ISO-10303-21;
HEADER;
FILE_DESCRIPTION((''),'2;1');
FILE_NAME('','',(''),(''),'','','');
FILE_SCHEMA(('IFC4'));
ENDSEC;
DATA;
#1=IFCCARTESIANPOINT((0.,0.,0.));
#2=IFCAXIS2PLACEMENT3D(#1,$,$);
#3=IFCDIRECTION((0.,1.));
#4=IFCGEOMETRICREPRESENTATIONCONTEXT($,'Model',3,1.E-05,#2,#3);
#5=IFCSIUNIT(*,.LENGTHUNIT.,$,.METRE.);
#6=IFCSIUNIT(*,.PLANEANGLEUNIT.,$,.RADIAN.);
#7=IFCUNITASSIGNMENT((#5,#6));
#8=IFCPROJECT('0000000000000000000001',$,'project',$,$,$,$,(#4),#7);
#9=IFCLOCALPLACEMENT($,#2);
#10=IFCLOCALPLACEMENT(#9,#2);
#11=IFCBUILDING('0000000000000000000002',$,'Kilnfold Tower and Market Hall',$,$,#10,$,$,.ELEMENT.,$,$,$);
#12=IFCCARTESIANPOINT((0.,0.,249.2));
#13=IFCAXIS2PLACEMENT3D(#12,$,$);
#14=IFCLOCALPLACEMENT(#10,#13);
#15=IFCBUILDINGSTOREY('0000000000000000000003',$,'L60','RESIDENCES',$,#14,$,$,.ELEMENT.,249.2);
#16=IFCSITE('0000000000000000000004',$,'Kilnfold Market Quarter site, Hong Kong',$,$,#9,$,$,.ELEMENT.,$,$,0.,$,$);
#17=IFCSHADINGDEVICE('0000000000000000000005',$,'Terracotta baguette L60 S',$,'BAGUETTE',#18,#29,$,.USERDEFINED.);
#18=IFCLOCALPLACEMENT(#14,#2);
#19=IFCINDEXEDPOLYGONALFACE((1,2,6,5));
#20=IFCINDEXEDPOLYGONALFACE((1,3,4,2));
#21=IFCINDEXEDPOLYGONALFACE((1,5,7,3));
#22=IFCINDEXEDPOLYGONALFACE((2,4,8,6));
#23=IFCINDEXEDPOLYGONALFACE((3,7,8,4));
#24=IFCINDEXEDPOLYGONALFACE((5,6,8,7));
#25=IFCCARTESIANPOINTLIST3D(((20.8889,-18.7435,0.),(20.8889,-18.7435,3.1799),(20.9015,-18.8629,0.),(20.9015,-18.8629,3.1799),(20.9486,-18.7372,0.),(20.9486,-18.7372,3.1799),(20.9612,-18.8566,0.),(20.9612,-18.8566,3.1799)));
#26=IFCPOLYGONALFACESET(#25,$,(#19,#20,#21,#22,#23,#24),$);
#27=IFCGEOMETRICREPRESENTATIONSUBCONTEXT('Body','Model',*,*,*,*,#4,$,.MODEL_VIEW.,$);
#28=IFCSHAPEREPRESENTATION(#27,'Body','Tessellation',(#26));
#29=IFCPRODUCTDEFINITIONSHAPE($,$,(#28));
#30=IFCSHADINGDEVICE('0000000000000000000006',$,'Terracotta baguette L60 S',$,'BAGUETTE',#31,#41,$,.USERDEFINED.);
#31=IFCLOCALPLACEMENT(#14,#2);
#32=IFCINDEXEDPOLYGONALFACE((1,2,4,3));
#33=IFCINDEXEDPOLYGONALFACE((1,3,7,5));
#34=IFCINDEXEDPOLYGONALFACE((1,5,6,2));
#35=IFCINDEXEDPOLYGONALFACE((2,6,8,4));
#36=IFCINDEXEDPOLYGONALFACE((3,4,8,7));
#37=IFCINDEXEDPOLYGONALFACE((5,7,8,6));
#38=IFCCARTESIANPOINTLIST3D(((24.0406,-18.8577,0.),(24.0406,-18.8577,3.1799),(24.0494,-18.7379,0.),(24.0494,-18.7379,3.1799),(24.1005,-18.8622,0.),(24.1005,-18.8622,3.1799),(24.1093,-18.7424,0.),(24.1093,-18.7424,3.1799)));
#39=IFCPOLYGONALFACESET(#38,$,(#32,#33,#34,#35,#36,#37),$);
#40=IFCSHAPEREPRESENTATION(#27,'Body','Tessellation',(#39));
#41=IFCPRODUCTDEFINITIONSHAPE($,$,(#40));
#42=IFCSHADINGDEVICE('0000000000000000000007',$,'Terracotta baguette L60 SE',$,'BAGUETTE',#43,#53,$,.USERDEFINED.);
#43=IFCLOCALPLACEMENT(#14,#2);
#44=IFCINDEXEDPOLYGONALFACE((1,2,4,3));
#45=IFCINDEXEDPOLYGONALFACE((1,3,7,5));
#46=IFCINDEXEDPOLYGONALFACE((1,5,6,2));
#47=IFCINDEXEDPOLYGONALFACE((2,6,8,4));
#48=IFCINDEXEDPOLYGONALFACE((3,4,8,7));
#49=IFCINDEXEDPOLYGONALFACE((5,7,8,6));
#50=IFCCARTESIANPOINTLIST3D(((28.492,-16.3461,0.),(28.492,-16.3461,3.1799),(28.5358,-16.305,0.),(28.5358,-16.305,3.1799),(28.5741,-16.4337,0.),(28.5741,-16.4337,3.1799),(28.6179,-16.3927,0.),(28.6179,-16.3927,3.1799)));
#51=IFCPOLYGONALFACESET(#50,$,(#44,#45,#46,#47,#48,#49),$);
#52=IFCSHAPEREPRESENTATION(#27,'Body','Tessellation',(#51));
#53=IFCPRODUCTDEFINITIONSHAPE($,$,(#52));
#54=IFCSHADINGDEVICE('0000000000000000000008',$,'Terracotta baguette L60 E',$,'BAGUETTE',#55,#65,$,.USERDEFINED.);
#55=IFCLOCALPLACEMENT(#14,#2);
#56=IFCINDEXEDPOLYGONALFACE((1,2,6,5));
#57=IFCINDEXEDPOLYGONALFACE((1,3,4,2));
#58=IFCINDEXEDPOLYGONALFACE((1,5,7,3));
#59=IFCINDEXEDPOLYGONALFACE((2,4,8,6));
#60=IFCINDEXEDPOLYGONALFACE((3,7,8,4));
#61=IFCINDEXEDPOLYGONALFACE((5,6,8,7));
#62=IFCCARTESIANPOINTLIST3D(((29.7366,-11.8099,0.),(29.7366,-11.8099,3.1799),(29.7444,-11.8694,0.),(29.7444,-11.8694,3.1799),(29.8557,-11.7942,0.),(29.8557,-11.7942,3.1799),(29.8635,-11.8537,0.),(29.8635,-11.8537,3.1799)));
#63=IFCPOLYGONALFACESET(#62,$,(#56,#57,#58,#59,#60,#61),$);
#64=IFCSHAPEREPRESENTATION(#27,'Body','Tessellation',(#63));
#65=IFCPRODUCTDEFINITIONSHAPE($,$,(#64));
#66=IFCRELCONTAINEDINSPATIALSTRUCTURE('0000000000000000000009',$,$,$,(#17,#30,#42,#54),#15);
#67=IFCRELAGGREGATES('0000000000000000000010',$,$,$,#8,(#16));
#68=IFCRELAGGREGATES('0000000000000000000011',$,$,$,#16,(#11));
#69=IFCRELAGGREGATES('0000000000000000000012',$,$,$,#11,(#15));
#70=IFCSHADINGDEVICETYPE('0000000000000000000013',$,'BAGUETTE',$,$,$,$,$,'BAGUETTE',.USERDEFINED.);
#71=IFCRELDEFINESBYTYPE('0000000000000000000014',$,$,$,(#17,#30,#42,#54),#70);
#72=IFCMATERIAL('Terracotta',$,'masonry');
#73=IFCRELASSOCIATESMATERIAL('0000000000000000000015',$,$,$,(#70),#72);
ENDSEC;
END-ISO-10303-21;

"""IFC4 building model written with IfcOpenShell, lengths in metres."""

from ifc_helpers import new_model, si_unit, direction, frame, origin, origin_2d, place, context, subcontext, project, spatial, rectangle, extrude, source, transform, mapped, material, material_profile, profile_set, type_object, element, save


model = new_model("IFC4")

# Units and contexts
model_context = context("Model", 3, precision=1e-05, world=origin(), true_north=direction((0.0, 1.0)))
body_context = subcontext(model_context, "Body", "Model", "MODEL_VIEW")
ifc_project = project(units=[si_unit("LENGTHUNIT", "METRE"), si_unit("PLANEANGLEUNIT", "RADIAN")], contexts=[model_context])

# Site, building, storey
site_placement = place(None, origin())
site = spatial("IfcSite", under=ifc_project, at=site_placement, Name="Kilnfold Market Quarter site, Hong Kong", CompositionType="ELEMENT", RefElevation=0.0)
building_placement = place(site_placement, origin())
building = spatial("IfcBuilding", under=site, at=building_placement, Name="Kilnfold Tower and Market Hall", CompositionType="ELEMENT")
storey_placement = place(building_placement, frame((0.0, 0.0, 249.2)))
storey = spatial("IfcBuildingStorey", under=building, at=storey_placement, Name="L60", Description="RESIDENCES", CompositionType="ELEMENT", Elevation=249.2)

# Shading devices
ifc_material_1 = material(Name="Terracotta", Category="masonry")
ifc_material_profile_1 = material_profile(ifc_material_1, rectangle(XDim=0.0601, YDim=0.1201, at=origin_2d()), Name="BAG 60x120")
ifc_profile_set_1 = profile_set([ifc_material_profile_1], Name="Terracotta")
shading_device_type = type_object("IfcShadingDeviceType", Name="BAGUETTE", ElementType="BAGUETTE", PredefinedType="USERDEFINED", material=ifc_profile_set_1)
shared_shape_1 = source(origin(), body_context, "Body", "SweptSolid", [
    extrude(rectangle(XDim=0.0601, YDim=0.1201, at=origin_2d()), origin(), (0.0, 0.0, 1.0), 3.1799),
])
for number, where, z_axis, x_axis, name in (
    (1, (20.925, -18.8, 0.0), (0.0, 0.0, 1.0), (0.994429, 0.105405, 0.0), "Terracotta baguette L60 S"),
    (2, (24.075, -18.8, 0.0), (0.0, 0.0, 1.0), (0.997285, -0.073635, 0.0), "Terracotta baguette L60 S"),
    (3, (28.5549, -16.3694, 0.0), (0.0, 0.0, 1.0), (0.729684, 0.683785, 0.0), "Terracotta baguette L60 SE"),
    (4, (29.8, -11.8318, 0.0), (0.0, 0.0, 1.0), (-0.130741, 0.991417, 0.0), "Terracotta baguette L60 E"),
):
    element("IfcShadingDevice", number, at=place(storey_placement, frame(where, z_axis=z_axis, x_axis=x_axis)), inside=storey, type_object=shading_device_type, Name=name, ObjectType="BAGUETTE", PredefinedType="USERDEFINED", context=body_context, shape_type="MappedRepresentation", body=[
        mapped(shared_shape_1, transform((0.0, 0.0, 0.0))),
    ])

save(model, "model.ifc")
